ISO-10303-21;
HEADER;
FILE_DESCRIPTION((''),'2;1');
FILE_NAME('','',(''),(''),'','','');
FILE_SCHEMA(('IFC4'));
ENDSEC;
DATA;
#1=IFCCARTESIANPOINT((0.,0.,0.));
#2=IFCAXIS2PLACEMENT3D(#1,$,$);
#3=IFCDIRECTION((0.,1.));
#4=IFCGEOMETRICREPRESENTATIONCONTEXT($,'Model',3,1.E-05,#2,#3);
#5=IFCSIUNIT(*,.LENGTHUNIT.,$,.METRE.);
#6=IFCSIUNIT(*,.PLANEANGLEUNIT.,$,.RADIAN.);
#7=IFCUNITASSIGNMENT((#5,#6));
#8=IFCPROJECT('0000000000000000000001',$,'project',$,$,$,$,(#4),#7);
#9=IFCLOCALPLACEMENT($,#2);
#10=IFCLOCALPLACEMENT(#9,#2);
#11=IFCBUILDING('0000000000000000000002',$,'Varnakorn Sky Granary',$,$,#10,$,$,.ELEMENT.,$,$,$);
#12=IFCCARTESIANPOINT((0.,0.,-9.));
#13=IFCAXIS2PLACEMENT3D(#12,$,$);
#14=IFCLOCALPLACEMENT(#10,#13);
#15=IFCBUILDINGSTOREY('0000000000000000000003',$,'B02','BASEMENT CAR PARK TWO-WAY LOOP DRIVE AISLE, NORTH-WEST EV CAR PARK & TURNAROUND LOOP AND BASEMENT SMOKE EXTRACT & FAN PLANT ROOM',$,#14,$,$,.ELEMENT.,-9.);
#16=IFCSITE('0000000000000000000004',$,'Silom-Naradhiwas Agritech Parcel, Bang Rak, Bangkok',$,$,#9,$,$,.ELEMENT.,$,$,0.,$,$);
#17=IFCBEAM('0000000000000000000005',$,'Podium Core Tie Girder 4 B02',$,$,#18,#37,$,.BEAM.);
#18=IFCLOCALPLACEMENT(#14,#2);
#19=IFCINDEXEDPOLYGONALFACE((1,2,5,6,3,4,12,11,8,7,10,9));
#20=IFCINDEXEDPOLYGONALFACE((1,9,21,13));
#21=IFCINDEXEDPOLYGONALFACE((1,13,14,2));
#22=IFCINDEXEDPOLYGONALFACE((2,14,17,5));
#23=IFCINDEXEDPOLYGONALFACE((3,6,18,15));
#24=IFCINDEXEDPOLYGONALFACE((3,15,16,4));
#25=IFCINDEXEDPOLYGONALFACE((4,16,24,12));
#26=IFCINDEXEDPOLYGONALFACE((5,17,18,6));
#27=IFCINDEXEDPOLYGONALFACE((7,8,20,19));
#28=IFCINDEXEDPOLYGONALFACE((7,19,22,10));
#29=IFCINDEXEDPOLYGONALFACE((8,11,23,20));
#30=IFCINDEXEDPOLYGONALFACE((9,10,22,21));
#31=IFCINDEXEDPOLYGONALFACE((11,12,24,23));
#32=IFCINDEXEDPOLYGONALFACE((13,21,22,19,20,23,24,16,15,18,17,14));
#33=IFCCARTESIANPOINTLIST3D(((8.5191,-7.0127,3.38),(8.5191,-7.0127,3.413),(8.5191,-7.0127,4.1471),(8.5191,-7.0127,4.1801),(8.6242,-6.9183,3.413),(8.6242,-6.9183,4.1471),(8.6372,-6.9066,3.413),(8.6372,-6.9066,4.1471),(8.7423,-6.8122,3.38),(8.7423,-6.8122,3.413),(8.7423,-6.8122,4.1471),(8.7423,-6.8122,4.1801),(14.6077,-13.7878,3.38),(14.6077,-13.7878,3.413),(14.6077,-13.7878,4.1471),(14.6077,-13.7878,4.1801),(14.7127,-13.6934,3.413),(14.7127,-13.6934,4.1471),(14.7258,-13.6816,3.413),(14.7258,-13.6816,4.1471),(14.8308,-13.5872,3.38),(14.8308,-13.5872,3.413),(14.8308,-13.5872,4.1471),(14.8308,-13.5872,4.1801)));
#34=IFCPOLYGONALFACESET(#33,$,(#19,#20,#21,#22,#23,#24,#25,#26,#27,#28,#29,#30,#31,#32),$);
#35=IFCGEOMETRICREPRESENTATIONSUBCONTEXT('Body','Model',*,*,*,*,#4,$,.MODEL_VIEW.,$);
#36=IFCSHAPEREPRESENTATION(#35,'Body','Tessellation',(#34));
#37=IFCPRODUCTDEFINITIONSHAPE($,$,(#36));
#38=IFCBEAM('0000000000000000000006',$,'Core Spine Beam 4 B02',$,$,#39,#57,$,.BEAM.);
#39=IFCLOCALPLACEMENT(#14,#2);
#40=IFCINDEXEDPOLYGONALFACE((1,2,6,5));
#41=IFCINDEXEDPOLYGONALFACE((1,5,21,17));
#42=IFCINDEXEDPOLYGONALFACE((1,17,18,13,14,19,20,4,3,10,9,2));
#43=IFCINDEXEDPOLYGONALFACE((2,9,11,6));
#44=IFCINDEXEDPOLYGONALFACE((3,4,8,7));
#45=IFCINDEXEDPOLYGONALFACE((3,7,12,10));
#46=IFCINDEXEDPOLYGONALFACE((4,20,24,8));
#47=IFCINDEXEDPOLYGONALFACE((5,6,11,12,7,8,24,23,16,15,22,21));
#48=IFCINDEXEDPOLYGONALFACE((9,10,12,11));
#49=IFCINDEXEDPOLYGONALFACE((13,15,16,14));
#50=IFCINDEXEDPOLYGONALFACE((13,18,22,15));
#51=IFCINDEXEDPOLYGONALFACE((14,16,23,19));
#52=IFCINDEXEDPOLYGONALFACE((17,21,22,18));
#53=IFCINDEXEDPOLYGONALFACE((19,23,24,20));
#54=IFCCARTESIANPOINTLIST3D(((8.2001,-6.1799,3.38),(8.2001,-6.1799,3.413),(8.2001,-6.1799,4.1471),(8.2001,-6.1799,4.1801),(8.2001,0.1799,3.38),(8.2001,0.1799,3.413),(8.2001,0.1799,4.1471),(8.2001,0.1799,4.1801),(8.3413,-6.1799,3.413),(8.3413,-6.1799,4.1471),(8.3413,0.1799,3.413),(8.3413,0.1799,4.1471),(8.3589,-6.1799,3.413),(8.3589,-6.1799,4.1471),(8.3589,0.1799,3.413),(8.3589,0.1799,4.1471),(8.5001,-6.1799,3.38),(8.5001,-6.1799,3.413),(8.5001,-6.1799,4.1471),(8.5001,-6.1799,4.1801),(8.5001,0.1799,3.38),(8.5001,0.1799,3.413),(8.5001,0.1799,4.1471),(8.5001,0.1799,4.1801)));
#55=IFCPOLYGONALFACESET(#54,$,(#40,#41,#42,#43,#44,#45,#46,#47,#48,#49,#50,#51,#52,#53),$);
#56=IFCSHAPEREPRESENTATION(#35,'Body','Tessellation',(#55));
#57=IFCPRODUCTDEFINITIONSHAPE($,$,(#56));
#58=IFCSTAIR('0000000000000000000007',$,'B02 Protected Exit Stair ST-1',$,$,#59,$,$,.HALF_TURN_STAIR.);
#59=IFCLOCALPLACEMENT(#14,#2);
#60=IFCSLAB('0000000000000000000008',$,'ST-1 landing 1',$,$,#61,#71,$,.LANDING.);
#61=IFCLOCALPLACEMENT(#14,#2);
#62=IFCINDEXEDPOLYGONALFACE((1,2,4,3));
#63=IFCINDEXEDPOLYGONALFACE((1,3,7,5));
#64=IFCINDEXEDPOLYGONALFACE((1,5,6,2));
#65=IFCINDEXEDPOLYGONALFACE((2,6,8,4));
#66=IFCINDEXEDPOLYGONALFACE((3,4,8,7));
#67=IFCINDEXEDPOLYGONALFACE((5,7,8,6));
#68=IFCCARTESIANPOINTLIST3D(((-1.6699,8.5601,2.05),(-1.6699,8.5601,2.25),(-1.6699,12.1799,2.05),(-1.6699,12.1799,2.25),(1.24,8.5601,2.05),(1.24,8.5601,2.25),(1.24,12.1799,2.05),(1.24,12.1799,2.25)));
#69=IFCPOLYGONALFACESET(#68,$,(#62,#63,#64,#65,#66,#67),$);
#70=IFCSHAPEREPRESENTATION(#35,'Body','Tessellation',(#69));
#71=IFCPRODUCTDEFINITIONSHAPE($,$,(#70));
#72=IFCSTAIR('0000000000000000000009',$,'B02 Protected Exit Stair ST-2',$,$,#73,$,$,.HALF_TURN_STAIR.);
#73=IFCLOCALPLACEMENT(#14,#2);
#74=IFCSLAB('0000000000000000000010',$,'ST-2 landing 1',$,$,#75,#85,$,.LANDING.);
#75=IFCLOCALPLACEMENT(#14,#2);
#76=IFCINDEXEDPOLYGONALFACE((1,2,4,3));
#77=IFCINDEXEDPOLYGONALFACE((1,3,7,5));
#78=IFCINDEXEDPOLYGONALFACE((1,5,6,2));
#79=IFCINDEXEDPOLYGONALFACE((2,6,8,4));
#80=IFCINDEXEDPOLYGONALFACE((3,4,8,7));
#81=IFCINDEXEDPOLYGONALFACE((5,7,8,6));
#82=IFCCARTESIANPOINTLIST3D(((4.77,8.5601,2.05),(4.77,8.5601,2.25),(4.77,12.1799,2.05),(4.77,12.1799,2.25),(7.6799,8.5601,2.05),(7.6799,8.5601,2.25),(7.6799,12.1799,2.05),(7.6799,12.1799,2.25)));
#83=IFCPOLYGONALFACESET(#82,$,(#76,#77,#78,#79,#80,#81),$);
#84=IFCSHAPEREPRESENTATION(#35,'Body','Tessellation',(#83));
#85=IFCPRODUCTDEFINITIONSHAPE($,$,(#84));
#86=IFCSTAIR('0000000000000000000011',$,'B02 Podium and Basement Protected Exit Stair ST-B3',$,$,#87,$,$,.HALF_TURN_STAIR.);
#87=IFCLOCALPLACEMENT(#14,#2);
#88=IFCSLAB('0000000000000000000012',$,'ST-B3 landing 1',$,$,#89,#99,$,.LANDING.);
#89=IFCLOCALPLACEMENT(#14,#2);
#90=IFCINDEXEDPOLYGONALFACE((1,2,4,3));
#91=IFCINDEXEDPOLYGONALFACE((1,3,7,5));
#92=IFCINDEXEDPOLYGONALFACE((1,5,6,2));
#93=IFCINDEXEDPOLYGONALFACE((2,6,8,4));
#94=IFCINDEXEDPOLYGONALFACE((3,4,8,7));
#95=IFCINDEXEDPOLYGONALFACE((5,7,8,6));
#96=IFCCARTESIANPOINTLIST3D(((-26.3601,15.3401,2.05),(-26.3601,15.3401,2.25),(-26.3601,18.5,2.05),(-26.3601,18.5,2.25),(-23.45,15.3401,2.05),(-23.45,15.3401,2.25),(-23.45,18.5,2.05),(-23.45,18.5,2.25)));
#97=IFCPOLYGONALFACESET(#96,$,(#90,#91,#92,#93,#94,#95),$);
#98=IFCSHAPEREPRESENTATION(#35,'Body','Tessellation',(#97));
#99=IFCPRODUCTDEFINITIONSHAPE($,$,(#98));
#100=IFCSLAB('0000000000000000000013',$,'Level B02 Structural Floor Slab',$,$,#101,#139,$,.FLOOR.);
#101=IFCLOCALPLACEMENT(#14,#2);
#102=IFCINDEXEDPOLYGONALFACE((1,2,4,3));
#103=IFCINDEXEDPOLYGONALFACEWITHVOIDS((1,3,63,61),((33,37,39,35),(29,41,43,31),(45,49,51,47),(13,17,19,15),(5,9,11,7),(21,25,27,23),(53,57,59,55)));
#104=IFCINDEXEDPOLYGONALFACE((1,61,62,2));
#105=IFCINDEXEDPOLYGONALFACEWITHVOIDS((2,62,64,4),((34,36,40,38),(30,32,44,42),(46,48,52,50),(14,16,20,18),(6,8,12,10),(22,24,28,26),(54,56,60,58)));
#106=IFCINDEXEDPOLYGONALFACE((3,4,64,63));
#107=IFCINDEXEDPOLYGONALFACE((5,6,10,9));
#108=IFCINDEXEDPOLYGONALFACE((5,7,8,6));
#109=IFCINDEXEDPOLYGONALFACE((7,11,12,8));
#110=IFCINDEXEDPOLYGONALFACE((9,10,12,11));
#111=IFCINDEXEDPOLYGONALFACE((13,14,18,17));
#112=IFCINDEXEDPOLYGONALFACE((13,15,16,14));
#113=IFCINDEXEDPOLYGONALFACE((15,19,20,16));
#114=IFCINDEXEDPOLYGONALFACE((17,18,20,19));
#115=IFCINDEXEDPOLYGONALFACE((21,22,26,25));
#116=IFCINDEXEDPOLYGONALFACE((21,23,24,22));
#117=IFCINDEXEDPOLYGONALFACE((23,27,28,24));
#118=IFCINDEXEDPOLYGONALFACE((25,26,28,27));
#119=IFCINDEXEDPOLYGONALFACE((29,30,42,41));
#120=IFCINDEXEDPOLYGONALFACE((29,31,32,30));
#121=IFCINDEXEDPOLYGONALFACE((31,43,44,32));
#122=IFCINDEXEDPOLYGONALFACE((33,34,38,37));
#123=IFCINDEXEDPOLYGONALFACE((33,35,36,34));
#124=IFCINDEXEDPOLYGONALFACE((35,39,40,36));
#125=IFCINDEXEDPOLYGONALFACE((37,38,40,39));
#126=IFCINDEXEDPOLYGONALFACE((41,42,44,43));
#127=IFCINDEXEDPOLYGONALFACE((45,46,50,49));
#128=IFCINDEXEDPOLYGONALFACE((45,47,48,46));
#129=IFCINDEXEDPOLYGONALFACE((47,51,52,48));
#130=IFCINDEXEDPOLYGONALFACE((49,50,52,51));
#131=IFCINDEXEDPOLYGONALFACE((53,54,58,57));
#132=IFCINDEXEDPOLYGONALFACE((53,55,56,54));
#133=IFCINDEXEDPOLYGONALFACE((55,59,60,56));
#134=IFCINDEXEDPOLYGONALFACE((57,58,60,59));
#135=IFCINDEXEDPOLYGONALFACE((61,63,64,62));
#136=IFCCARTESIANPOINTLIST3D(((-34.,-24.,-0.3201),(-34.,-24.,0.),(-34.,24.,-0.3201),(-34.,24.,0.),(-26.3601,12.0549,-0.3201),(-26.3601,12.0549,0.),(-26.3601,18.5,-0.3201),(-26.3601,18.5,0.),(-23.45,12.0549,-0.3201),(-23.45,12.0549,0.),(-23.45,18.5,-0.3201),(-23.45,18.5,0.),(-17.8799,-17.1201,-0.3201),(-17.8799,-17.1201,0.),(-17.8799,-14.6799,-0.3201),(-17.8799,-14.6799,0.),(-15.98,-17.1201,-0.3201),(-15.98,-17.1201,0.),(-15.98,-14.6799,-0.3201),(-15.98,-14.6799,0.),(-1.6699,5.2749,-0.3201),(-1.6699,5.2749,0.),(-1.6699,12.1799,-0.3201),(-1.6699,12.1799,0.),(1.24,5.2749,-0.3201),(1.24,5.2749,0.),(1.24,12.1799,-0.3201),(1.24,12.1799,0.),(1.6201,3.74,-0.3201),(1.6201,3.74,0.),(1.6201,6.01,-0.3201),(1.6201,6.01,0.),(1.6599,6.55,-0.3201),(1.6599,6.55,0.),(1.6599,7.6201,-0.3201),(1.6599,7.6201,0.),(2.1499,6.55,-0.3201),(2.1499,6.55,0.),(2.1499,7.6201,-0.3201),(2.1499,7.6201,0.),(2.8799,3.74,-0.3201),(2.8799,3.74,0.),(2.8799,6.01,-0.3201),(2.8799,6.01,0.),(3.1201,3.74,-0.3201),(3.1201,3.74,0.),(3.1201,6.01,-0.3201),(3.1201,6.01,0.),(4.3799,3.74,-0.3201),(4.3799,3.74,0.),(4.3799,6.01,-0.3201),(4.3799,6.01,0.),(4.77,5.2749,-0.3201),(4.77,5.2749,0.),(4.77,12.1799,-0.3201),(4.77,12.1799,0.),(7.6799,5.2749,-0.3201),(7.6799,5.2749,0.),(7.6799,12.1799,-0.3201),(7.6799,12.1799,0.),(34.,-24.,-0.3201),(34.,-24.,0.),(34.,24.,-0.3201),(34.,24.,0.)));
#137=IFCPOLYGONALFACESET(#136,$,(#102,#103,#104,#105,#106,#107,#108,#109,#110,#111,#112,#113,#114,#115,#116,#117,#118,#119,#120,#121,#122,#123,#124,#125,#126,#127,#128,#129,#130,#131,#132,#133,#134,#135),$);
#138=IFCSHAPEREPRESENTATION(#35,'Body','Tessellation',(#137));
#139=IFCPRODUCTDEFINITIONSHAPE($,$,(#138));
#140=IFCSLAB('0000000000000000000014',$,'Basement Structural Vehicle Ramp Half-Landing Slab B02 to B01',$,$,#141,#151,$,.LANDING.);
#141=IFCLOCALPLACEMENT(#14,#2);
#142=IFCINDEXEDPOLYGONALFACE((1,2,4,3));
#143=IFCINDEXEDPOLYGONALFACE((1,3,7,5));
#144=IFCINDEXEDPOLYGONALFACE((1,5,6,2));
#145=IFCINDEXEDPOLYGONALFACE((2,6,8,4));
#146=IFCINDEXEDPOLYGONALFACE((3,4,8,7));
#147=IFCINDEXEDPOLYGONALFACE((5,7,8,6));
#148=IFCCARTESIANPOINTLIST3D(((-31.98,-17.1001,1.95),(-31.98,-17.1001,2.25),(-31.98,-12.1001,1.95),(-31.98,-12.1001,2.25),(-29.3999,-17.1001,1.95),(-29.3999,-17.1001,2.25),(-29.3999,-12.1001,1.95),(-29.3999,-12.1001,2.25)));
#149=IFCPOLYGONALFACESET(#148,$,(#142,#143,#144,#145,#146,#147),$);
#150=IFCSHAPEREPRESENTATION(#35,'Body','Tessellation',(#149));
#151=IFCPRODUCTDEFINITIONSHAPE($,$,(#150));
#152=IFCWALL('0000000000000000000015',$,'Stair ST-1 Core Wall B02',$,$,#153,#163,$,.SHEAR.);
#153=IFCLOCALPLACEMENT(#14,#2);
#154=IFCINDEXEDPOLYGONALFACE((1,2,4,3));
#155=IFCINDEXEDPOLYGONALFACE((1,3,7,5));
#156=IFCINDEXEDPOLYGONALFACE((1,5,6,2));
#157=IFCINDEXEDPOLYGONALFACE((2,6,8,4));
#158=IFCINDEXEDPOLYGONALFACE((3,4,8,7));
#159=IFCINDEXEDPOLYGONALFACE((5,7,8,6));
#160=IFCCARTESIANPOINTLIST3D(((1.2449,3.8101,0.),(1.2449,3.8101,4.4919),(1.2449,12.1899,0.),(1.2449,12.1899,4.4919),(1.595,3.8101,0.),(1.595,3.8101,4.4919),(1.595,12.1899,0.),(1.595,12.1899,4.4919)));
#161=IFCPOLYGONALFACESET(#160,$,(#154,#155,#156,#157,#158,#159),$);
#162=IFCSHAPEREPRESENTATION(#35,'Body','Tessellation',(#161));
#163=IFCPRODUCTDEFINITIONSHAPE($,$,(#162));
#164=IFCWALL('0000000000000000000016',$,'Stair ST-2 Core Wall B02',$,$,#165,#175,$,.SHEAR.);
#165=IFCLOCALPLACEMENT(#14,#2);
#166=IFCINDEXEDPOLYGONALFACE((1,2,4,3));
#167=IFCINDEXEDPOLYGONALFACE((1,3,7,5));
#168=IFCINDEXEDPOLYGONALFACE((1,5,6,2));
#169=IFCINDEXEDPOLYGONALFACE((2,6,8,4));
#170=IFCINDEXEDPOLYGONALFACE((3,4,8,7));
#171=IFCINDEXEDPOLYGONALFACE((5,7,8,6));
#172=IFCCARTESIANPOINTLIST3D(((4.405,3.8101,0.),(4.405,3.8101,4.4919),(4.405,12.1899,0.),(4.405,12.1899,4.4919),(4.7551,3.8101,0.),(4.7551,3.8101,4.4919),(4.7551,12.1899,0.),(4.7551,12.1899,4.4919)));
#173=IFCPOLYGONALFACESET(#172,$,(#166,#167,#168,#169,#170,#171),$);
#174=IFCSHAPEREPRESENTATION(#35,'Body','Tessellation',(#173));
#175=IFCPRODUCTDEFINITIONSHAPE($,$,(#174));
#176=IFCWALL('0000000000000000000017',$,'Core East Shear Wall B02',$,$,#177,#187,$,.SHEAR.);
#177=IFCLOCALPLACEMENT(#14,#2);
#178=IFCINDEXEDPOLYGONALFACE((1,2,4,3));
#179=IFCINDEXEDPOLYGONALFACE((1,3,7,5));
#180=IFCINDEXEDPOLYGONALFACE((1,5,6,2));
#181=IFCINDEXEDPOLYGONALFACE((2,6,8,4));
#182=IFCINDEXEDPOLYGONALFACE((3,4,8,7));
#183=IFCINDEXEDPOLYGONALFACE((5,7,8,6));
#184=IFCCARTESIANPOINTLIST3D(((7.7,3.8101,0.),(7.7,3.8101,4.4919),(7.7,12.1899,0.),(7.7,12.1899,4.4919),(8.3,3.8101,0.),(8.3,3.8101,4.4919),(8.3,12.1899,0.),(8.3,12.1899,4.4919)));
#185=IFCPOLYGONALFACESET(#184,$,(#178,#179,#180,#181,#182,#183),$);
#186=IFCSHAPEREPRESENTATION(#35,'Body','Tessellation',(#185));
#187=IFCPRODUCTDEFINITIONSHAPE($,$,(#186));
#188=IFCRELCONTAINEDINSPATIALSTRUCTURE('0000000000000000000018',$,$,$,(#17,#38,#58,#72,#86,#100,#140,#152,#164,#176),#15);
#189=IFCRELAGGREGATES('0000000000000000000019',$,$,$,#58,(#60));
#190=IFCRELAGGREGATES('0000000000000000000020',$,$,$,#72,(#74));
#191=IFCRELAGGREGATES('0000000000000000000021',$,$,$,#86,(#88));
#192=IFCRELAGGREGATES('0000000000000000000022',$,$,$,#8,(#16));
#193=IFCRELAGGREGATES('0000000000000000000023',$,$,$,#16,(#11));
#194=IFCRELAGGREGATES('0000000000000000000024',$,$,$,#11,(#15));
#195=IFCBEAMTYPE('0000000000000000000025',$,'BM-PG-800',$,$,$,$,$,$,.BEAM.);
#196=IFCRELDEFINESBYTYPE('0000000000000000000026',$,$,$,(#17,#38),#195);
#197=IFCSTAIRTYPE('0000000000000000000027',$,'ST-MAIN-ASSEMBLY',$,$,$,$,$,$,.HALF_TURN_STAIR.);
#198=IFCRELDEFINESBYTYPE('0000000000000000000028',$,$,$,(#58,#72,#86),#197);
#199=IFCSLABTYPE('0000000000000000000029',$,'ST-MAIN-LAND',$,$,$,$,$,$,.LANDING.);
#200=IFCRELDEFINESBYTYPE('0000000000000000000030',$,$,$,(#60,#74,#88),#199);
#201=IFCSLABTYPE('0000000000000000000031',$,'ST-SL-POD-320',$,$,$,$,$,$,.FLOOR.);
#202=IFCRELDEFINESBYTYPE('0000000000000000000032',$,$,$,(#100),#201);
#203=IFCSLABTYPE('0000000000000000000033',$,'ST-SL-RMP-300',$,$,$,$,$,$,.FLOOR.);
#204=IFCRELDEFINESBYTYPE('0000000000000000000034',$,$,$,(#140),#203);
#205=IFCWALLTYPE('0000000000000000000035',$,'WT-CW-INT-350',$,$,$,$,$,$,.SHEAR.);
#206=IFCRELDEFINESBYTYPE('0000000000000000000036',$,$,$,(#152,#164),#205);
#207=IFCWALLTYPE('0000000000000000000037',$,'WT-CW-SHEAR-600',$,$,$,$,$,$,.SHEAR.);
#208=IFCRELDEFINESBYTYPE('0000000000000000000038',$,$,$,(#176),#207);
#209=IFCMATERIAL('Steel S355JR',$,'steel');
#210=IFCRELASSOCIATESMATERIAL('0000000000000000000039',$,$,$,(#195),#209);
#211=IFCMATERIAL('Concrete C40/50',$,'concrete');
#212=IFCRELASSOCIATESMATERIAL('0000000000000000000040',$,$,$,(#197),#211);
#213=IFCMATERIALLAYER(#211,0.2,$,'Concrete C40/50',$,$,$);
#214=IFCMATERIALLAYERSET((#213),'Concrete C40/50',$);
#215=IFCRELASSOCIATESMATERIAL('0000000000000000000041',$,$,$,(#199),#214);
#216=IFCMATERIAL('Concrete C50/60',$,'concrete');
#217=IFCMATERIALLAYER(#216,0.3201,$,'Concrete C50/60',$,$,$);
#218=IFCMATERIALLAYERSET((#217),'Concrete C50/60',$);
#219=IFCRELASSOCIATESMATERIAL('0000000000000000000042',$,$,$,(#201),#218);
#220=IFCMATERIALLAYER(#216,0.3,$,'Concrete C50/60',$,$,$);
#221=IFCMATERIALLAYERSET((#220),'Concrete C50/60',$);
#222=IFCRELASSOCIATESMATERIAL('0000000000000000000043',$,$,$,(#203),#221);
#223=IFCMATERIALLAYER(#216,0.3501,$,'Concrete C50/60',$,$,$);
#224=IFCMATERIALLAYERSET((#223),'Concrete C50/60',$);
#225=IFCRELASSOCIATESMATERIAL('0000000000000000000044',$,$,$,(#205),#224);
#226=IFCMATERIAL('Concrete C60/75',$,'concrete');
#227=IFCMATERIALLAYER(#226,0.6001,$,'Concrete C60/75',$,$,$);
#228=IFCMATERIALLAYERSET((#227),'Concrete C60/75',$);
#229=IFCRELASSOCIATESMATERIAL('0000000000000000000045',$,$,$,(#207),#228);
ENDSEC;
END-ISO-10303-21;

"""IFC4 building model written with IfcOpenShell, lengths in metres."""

from ifc_helpers import new_model, si_unit, direction, frame, frame_2d, origin, origin_2d, place, context, subcontext, project, spatial, polyline, rectangle, i_section, outline, extrude, material, layer, layer_set, material_profile, profile_set, type_object, element, aggregate, save


model = new_model("IFC4")

# Units and contexts
model_context = context("Model", 3, precision=1e-05, world=origin(), true_north=direction((0.0, 1.0)))
body_context = subcontext(model_context, "Body", "Model", "MODEL_VIEW")
ifc_project = project(units=[si_unit("LENGTHUNIT", "METRE"), si_unit("PLANEANGLEUNIT", "RADIAN")], contexts=[model_context])

# Site, building, storey
site_placement = place(None, origin())
site = spatial("IfcSite", under=ifc_project, at=site_placement, Name="Silom-Naradhiwas Agritech Parcel, Bang Rak, Bangkok", CompositionType="ELEMENT", RefElevation=0.0)
building_placement = place(site_placement, origin())
building = spatial("IfcBuilding", under=site, at=building_placement, Name="Varnakorn Sky Granary", CompositionType="ELEMENT")
storey_placement = place(building_placement, frame((0.0, 0.0, -9.0)))
storey = spatial("IfcBuildingStorey", under=building, at=storey_placement, Name="B02", Description="BASEMENT CAR PARK TWO-WAY LOOP DRIVE AISLE, NORTH-WEST EV CAR PARK & TURNAROUND LOOP AND BASEMENT SMOKE EXTRACT & FAN PLANT ROOM", CompositionType="ELEMENT", Elevation=-9.0)

# Shared definitions
ifc_material_1 = material(Name="Concrete C60/75", Category="concrete")

# Beams
ifc_material_2 = material(Name="Steel S355JR", Category="steel")
ifc_material_profile_1 = material_profile(ifc_material_2, i_section(OverallWidth=0.3, OverallDepth=0.8, WebThickness=0.0176, FlangeThickness=0.033, at=origin_2d()), Name="HE 800 B")
ifc_profile_set_1 = profile_set([ifc_material_profile_1], Name="Steel S355JR")
beam_type_1 = type_object("IfcBeamType", Name="BM-PG-800", PredefinedType="BEAM", material=ifc_profile_set_1)
beam_1_placement = place(storey_placement, frame((14.7192, -13.6875, 3.78), z_axis=(-0.668418, 0.743786, 0.0), x_axis=(-0.743786, -0.668418, 0.0)))
element("IfcBeam", 1, at=beam_1_placement, inside=storey, type_object=beam_type_1, Name="Podium Core Tie Girder 4 B02", PredefinedType="BEAM", context=body_context, shape_type="SweptSolid", body=[
    extrude(i_section(OverallWidth=0.3, OverallDepth=0.8, WebThickness=0.0176, FlangeThickness=0.033, at=origin_2d()), origin(), (0.0, 0.0, 1.0), 9.1089),
])
beam_2_placement = place(storey_placement, frame((8.3501, 0.1799, 3.78), z_axis=(0.0, -1.0, 0.0), x_axis=(1.0, 0.0, 0.0)))
element("IfcBeam", 2, at=beam_2_placement, inside=storey, type_object=beam_type_1, Name="Core Spine Beam 4 B02", PredefinedType="BEAM", context=body_context, shape_type="SweptSolid", body=[
    extrude(i_section(OverallWidth=0.3, OverallDepth=0.8, WebThickness=0.0176, FlangeThickness=0.033, at=origin_2d()), origin(), (0.0, 0.0, 1.0), 6.3599),
])

# Stairs, slabs
ifc_material_3 = material(Name="Concrete C40/50", Category="concrete")
stair_type = type_object("IfcStairType", Name="ST-MAIN-ASSEMBLY", PredefinedType="HALF_TURN_STAIR", material=ifc_material_3)
stair_1_placement = place(storey_placement, origin())
stair_1 = element("IfcStair", 3, at=stair_1_placement, inside=storey, type_object=stair_type, Name="B02 Protected Exit Stair ST-1", PredefinedType="HALF_TURN_STAIR")
ifc_layer_1 = layer(ifc_material_3, 0.2, Name="Concrete C40/50")
ifc_layer_set_1 = layer_set([ifc_layer_1], Name="Concrete C40/50")
slab_type_1 = type_object("IfcSlabType", Name="ST-MAIN-LAND", PredefinedType="LANDING", material=ifc_layer_set_1)
slab_1_placement = place(storey_placement, frame((0.0, 0.0, 2.05)))
slab_1 = element("IfcSlab", 4, at=slab_1_placement, type_object=slab_type_1, Name="ST-1 landing 1", PredefinedType="LANDING", context=body_context, shape_type="SweptSolid", body=[
    extrude(outline(polyline([(1.24, 8.5601), (1.24, 12.1799), (-1.6699, 12.1799), (-1.6699, 8.5601), (1.24, 8.5601)])), origin(), (0.0, 0.0, 1.0), 0.2),
])
aggregate(stair_1, [slab_1])
stair_2_placement = place(storey_placement, origin())
stair_2 = element("IfcStair", 5, at=stair_2_placement, inside=storey, type_object=stair_type, Name="B02 Protected Exit Stair ST-2", PredefinedType="HALF_TURN_STAIR")
slab_2_placement = place(storey_placement, frame((0.0, 0.0, 2.05)))
slab_2 = element("IfcSlab", 6, at=slab_2_placement, type_object=slab_type_1, Name="ST-2 landing 1", PredefinedType="LANDING", context=body_context, shape_type="SweptSolid", body=[
    extrude(outline(polyline([(7.6799, 8.5601), (7.6799, 12.1799), (4.77, 12.1799), (4.77, 8.5601), (7.6799, 8.5601)])), origin(), (0.0, 0.0, 1.0), 0.2),
])
aggregate(stair_2, [slab_2])
stair_3_placement = place(storey_placement, origin())
stair_3 = element("IfcStair", 7, at=stair_3_placement, inside=storey, type_object=stair_type, Name="B02 Podium and Basement Protected Exit Stair ST-B3", PredefinedType="HALF_TURN_STAIR")
slab_3_placement = place(storey_placement, frame((0.0, 0.0, 2.05)))
slab_3 = element("IfcSlab", 8, at=slab_3_placement, type_object=slab_type_1, Name="ST-B3 landing 1", PredefinedType="LANDING", context=body_context, shape_type="SweptSolid", body=[
    extrude(outline(polyline([(-23.45, 15.3401), (-23.45, 18.5), (-26.3601, 18.5), (-26.3601, 15.3401), (-23.45, 15.3401)])), origin(), (0.0, 0.0, 1.0), 0.2),
])
aggregate(stair_3, [slab_3])

# Slabs
ifc_material_4 = material(Name="Concrete C50/60", Category="concrete")
ifc_layer_2 = layer(ifc_material_4, 0.3201, Name="Concrete C50/60")
ifc_layer_set_2 = layer_set([ifc_layer_2], Name="Concrete C50/60")
slab_type_2 = type_object("IfcSlabType", Name="ST-SL-POD-320", PredefinedType="FLOOR", material=ifc_layer_set_2)
slab_4_placement = place(storey_placement, frame((0.0, 0.0, -0.3201)))
element("IfcSlab", 9, at=slab_4_placement, inside=storey, type_object=slab_type_2, Name="Level B02 Structural Floor Slab", PredefinedType="FLOOR", context=body_context, shape_type="SweptSolid", body=[
    extrude(outline(polyline([(-34.0, -24.0), (34.0, -24.0), (34.0, 24.0), (-34.0, 24.0), (-34.0, -24.0)]), holes=[polyline([(1.24, 5.2749), (1.24, 12.1799), (-1.6699, 12.1799), (-1.6699, 5.2749), (1.24, 5.2749)]), polyline([(7.6799, 5.2749), (7.6799, 12.1799), (4.77, 12.1799), (4.77, 5.2749), (7.6799, 5.2749)]), polyline([(-23.45, 12.0549), (-23.45, 18.5), (-26.3601, 18.5), (-26.3601, 12.0549), (-23.45, 12.0549)]), polyline([(1.6599, 6.55), (2.1499, 6.55), (2.1499, 7.6201), (1.6599, 7.6201), (1.6599, 6.55)]), polyline([(1.6201, 3.74), (2.8799, 3.74), (2.8799, 6.01), (1.6201, 6.01), (1.6201, 3.74)]), polyline([(3.1201, 3.74), (4.3799, 3.74), (4.3799, 6.01), (3.1201, 6.01), (3.1201, 3.74)]), polyline([(-17.8799, -17.1201), (-15.98, -17.1201), (-15.98, -14.6799), (-17.8799, -14.6799), (-17.8799, -17.1201)])]), origin(), (0.0, 0.0, 1.0), 0.3201),
])
ifc_layer_3 = layer(ifc_material_4, 0.3, Name="Concrete C50/60")
ifc_layer_set_3 = layer_set([ifc_layer_3], Name="Concrete C50/60")
slab_type_3 = type_object("IfcSlabType", Name="ST-SL-RMP-300", PredefinedType="FLOOR", material=ifc_layer_set_3)
slab_5_placement = place(storey_placement, frame((0.0, 0.0, 1.95)))
element("IfcSlab", 10, at=slab_5_placement, inside=storey, type_object=slab_type_3, Name="Basement Structural Vehicle Ramp Half-Landing Slab B02 to B01", PredefinedType="LANDING", context=body_context, shape_type="SweptSolid", body=[
    extrude(outline(polyline([(-31.98, -17.1001), (-29.3999, -17.1001), (-29.3999, -12.1001), (-31.98, -12.1001), (-31.98, -17.1001)])), origin(), (0.0, 0.0, 1.0), 0.3),
])

# Walls
ifc_layer_4 = layer(ifc_material_4, 0.3501, Name="Concrete C50/60")
ifc_layer_set_4 = layer_set([ifc_layer_4], Name="Concrete C50/60")
wall_type_1 = type_object("IfcWallType", Name="WT-CW-INT-350", PredefinedType="SHEAR", material=ifc_layer_set_4)
for number, where, z_axis, x_axis, name in (
    (11, (1.4199, 3.8101, 0.0), (0.0, 0.0, 1.0), (0.0, 1.0, 0.0), "Stair ST-1 Core Wall B02"),
    (12, (4.5801, 3.8101, 0.0), (0.0, 0.0, 1.0), (0.0, 1.0, 0.0), "Stair ST-2 Core Wall B02"),
):
    element("IfcWall", number, at=place(storey_placement, frame(where, z_axis=z_axis, x_axis=x_axis)), inside=storey, type_object=wall_type_1, Name=name, PredefinedType="SHEAR", context=body_context, shape_type="SweptSolid", body=[
        extrude(rectangle(XDim=8.3799, YDim=0.3501, at=frame_2d((4.1899, 0.0))), origin(), (0.0, 0.0, 1.0), 4.4919),
    ])
ifc_layer_5 = layer(ifc_material_1, 0.6001, Name="Concrete C60/75")
ifc_layer_set_5 = layer_set([ifc_layer_5], Name="Concrete C60/75")
wall_type_2 = type_object("IfcWallType", Name="WT-CW-SHEAR-600", PredefinedType="SHEAR", material=ifc_layer_set_5)
wall_1_placement = place(storey_placement, frame((8.0, 3.8101, 0.0), z_axis=(0.0, 0.0, 1.0), x_axis=(0.0, 1.0, 0.0)))
element("IfcWall", 13, at=wall_1_placement, inside=storey, type_object=wall_type_2, Name="Core East Shear Wall B02", PredefinedType="SHEAR", context=body_context, shape_type="SweptSolid", body=[
    extrude(rectangle(XDim=8.3799, YDim=0.6001, at=frame_2d((4.1899, 0.0))), origin(), (0.0, 0.0, 1.0), 4.4919),
])

save(model, "model.ifc")
